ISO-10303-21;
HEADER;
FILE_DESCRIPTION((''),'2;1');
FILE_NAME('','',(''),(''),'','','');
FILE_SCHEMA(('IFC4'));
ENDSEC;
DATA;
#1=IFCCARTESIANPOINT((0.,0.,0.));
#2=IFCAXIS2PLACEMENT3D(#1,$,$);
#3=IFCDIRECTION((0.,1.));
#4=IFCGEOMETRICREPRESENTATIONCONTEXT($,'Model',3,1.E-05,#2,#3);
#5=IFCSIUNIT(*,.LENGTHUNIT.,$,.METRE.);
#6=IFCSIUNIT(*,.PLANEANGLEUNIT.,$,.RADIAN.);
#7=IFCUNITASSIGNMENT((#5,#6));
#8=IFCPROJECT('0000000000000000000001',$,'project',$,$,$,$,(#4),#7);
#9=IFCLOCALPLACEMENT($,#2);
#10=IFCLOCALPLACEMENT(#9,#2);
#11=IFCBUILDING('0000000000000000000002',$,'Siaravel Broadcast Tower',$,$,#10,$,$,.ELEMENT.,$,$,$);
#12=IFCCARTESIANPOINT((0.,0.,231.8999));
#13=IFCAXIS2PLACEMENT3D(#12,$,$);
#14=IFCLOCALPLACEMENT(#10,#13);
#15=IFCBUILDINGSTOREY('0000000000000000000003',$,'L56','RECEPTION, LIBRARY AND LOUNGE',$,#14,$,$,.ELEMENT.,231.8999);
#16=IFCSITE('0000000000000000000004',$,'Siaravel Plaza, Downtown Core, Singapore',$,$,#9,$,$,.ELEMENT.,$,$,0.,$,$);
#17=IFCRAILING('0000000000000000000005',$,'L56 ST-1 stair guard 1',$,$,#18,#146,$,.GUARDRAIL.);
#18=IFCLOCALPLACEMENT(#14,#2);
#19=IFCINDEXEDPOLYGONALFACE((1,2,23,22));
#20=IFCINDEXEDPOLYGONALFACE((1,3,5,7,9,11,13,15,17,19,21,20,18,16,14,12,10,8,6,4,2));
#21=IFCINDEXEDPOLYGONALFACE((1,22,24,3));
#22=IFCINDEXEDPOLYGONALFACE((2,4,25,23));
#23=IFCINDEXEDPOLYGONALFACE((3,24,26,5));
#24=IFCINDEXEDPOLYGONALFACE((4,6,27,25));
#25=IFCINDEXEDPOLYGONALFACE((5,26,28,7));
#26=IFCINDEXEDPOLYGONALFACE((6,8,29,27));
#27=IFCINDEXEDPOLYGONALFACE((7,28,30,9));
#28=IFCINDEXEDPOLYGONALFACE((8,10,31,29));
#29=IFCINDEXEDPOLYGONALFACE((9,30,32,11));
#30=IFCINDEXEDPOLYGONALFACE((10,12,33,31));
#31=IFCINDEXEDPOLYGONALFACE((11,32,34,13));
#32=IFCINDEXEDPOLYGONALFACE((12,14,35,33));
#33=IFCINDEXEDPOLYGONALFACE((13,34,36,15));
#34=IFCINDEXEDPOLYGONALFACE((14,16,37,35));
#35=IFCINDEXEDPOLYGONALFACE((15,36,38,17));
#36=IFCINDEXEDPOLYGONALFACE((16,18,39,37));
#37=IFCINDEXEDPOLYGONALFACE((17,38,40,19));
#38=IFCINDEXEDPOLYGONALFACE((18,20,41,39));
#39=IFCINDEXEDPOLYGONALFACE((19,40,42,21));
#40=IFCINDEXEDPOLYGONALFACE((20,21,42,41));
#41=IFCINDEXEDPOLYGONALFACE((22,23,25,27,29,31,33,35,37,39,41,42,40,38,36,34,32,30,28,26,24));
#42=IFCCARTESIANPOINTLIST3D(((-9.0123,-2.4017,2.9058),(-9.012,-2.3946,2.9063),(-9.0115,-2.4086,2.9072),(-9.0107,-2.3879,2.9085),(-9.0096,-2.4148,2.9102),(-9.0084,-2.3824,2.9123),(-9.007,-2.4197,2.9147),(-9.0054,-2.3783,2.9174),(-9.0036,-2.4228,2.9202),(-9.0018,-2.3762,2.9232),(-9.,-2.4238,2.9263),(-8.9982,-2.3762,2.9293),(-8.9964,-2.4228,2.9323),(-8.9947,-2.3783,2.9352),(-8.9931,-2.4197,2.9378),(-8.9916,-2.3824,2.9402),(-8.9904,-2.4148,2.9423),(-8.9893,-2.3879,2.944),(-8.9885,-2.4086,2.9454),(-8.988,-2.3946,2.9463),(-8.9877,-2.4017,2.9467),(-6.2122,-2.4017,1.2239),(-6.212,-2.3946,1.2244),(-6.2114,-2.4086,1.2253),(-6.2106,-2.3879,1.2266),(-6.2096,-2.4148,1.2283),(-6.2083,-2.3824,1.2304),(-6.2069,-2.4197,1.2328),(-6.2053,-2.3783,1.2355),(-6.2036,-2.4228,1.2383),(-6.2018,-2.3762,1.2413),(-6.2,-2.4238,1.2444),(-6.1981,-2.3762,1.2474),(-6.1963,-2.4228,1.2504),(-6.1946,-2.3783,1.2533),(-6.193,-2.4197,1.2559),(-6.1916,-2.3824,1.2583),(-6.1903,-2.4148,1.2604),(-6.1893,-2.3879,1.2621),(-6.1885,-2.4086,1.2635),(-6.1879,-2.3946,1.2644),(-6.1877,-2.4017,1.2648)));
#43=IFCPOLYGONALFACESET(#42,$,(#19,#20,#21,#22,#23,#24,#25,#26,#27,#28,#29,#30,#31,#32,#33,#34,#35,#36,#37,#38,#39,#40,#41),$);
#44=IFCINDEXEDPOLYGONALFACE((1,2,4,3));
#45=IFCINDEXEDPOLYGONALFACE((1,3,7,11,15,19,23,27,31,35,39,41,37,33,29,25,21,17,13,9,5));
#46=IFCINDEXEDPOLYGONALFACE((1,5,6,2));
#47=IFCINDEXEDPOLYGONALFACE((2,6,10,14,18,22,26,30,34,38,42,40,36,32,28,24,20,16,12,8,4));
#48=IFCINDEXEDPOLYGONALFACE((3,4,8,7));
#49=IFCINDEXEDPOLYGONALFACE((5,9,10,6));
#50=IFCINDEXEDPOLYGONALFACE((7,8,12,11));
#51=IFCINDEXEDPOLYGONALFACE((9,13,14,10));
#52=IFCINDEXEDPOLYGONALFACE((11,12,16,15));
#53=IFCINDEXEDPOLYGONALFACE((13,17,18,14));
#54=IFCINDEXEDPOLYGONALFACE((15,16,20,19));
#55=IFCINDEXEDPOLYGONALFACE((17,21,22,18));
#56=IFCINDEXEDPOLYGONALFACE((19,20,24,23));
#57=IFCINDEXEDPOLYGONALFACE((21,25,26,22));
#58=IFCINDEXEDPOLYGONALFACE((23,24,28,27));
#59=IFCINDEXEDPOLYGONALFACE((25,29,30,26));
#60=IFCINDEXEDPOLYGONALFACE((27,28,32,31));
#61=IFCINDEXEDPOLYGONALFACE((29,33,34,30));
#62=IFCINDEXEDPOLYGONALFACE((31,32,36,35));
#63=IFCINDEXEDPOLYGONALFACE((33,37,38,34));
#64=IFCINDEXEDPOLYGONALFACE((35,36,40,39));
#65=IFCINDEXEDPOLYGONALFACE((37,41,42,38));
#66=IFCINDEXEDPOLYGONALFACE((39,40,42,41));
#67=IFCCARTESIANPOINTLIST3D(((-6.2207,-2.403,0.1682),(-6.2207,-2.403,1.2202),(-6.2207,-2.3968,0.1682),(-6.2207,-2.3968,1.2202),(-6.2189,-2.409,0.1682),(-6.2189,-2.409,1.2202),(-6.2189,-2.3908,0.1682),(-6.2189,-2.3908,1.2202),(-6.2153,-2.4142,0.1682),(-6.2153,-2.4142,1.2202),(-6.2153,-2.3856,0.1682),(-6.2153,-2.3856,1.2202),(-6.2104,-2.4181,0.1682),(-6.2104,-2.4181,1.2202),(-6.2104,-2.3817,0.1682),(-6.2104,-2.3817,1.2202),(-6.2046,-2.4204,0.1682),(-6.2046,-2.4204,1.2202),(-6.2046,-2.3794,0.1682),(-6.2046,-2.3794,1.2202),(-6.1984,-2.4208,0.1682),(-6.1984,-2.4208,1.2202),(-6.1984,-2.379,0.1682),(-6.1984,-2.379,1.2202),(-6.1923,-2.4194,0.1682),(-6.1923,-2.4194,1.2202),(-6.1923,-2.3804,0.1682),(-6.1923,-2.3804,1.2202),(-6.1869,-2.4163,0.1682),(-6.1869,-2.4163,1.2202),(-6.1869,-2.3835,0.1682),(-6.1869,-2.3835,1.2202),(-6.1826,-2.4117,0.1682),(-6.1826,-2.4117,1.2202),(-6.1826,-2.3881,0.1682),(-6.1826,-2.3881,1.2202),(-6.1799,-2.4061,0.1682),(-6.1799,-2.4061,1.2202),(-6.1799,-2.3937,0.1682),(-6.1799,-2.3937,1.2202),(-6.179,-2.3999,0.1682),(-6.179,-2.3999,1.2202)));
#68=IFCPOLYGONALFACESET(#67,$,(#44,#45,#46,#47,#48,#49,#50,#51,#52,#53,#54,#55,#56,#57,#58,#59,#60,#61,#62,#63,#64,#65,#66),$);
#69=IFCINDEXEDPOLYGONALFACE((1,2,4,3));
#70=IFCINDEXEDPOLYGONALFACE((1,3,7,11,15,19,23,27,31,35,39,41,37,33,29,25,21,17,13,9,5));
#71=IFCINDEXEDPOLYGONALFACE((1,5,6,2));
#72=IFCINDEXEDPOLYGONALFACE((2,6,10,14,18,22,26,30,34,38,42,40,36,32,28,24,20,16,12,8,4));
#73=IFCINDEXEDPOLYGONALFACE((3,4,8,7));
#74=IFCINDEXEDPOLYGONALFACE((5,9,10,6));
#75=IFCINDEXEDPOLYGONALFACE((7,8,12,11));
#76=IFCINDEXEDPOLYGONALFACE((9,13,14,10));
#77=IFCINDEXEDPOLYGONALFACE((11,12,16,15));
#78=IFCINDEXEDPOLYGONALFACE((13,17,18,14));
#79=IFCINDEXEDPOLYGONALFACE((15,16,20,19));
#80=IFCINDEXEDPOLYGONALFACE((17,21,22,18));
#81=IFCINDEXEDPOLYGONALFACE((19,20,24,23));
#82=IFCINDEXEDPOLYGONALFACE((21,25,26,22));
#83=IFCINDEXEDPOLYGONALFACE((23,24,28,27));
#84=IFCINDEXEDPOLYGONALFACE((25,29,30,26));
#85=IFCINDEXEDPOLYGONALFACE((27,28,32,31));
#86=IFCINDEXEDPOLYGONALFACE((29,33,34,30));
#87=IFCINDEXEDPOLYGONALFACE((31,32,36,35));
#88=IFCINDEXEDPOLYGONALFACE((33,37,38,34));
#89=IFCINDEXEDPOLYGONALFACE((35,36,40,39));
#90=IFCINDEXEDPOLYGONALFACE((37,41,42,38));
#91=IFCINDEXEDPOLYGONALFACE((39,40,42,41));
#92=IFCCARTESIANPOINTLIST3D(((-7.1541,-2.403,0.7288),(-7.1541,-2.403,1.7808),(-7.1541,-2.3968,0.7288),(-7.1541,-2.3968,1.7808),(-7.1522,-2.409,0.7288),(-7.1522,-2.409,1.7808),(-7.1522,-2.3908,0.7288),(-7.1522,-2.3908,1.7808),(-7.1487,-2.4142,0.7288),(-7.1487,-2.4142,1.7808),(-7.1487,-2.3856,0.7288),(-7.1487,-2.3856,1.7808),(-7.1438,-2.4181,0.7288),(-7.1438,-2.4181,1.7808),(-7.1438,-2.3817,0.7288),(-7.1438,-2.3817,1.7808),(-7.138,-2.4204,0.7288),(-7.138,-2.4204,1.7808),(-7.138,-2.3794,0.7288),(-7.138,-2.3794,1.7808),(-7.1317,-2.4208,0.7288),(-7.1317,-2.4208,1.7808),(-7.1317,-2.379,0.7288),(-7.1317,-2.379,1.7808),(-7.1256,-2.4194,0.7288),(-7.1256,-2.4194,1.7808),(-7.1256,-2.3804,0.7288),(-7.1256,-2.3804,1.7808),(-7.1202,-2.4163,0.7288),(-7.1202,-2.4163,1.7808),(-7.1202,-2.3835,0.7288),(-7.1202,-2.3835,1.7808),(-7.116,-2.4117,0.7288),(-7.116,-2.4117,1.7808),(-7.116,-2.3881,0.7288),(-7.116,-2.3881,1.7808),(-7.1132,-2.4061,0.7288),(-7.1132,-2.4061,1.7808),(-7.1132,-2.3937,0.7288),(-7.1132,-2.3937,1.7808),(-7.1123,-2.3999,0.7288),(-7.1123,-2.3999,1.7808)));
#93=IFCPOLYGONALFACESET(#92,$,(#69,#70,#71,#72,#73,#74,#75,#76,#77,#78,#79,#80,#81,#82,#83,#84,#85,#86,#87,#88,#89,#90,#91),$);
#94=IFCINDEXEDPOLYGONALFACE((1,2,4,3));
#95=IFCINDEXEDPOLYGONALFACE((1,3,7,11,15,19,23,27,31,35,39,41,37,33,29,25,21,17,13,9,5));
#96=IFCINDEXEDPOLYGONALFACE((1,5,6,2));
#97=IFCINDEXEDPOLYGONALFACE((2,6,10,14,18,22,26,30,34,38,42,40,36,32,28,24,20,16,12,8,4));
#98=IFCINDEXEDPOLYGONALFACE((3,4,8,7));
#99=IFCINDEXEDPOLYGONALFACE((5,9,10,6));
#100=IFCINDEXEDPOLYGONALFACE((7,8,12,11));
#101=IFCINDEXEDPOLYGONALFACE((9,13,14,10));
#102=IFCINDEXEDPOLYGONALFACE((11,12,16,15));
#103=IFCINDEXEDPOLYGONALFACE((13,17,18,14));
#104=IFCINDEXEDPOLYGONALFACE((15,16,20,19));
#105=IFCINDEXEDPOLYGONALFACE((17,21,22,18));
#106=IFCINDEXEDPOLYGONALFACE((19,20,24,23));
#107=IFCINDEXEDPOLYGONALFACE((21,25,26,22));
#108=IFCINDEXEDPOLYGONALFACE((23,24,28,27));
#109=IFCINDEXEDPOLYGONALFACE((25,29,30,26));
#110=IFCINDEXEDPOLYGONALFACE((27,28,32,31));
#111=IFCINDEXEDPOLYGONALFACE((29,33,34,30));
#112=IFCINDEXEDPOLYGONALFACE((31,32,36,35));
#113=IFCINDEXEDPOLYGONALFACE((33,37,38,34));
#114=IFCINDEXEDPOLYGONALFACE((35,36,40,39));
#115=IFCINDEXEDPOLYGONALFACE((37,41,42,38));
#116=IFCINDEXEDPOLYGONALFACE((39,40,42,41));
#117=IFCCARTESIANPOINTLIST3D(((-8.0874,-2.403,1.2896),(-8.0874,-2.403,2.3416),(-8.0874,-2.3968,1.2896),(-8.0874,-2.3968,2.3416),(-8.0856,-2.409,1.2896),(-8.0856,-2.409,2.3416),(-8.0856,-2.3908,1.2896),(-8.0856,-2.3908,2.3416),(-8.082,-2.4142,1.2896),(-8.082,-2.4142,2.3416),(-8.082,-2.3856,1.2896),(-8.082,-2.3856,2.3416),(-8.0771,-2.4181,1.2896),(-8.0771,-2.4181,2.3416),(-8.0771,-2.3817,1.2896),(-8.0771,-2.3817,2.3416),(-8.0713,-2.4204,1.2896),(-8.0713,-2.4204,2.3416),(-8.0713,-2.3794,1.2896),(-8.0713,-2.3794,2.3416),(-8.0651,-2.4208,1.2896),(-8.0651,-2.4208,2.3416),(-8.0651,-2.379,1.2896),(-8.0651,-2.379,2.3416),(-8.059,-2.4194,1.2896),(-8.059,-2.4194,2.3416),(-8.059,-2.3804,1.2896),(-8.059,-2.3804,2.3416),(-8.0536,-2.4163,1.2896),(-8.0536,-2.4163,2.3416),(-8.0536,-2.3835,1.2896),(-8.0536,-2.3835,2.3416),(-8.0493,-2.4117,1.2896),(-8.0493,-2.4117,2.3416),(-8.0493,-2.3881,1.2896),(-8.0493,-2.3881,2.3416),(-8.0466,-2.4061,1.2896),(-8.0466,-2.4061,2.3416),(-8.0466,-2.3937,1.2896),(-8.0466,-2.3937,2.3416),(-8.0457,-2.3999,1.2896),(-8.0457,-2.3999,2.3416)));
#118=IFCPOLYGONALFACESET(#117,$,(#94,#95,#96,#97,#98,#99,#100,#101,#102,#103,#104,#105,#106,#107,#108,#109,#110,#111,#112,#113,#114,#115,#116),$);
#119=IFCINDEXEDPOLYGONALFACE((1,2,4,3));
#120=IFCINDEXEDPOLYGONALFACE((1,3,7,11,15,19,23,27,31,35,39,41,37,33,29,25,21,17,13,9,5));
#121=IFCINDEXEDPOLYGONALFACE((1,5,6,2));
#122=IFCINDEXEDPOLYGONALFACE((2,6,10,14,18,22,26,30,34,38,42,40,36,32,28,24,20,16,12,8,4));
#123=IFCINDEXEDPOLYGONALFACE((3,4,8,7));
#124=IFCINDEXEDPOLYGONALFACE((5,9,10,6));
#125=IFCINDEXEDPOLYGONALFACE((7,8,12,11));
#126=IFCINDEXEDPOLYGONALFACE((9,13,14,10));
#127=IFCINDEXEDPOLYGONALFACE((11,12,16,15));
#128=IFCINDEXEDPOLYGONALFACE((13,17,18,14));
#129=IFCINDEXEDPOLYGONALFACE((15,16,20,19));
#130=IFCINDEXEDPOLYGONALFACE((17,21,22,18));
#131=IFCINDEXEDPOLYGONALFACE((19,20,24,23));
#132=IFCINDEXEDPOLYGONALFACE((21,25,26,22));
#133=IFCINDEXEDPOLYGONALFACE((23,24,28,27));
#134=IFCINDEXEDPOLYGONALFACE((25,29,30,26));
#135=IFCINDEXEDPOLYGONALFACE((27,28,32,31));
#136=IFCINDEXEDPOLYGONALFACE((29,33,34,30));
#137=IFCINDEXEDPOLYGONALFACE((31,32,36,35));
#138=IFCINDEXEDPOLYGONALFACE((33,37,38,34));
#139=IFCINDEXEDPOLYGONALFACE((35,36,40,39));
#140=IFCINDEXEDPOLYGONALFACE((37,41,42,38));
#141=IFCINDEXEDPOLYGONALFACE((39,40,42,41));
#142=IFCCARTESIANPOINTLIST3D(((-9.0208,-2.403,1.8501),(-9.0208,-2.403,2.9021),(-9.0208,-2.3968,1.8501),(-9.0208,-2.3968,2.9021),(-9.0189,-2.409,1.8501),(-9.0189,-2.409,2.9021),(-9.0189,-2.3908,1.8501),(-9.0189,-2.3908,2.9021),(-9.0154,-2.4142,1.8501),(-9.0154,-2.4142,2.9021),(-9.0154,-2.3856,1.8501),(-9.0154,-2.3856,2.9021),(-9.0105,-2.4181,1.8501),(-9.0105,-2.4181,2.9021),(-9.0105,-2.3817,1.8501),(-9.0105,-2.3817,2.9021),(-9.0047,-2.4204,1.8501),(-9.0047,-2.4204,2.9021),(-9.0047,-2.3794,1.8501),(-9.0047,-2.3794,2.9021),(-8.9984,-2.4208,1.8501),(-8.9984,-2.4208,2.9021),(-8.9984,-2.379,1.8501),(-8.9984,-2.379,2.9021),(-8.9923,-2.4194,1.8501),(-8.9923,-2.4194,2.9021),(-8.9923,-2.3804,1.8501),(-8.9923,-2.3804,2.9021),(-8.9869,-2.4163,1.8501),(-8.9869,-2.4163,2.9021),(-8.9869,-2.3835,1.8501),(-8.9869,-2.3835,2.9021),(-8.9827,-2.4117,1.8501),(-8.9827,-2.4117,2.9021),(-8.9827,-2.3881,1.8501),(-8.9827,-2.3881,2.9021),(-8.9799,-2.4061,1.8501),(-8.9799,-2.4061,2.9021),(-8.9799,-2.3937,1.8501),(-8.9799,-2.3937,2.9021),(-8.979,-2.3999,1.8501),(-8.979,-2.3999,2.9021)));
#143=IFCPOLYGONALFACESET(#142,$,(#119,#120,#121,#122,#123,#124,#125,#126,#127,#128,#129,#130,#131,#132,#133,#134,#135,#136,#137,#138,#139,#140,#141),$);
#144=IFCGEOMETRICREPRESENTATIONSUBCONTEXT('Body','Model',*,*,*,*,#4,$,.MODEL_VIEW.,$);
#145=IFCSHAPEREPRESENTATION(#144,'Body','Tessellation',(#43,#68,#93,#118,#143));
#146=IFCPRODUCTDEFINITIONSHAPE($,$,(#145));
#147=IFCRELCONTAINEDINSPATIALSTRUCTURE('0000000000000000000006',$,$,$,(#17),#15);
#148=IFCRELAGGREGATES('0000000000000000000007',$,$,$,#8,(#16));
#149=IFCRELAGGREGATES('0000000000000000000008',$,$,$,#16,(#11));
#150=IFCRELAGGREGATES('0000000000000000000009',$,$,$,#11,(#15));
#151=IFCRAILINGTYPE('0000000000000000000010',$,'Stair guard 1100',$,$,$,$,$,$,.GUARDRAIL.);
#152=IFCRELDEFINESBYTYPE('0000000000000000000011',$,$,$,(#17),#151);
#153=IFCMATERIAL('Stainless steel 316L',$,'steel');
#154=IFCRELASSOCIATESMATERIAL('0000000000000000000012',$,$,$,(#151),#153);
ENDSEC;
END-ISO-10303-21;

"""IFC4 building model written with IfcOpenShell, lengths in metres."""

from ifc_helpers import new_model, si_unit, direction, frame, origin, origin_2d, place, context, subcontext, project, spatial, circle, extrude, material, type_object, element, save


model = new_model("IFC4")

# Units and contexts
model_context = context("Model", 3, precision=1e-05, world=origin(), true_north=direction((0.0, 1.0)))
body_context = subcontext(model_context, "Body", "Model", "MODEL_VIEW")
ifc_project = project(units=[si_unit("LENGTHUNIT", "METRE"), si_unit("PLANEANGLEUNIT", "RADIAN")], contexts=[model_context])

# Site, building, storey
site_placement = place(None, origin())
site = spatial("IfcSite", under=ifc_project, at=site_placement, Name="Siaravel Plaza, Downtown Core, Singapore", CompositionType="ELEMENT", RefElevation=0.0)
building_placement = place(site_placement, origin())
building = spatial("IfcBuilding", under=site, at=building_placement, Name="Siaravel Broadcast Tower", CompositionType="ELEMENT")
storey_placement = place(building_placement, frame((0.0, 0.0, 231.8999)))
storey = spatial("IfcBuildingStorey", under=building, at=storey_placement, Name="L56", Description="RECEPTION, LIBRARY AND LOUNGE", CompositionType="ELEMENT", Elevation=231.8999)

# Shared definitions
ifc_material_1 = material(Name="Stainless steel 316L", Category="steel")

# Railing
railing_type_1 = type_object("IfcRailingType", Name="Stair guard 1100", PredefinedType="GUARDRAIL", material=ifc_material_1)
railing_1_placement = place(storey_placement, frame((-6.2, -2.3999, 0.1682)))
element("IfcRailing", 1, at=railing_1_placement, inside=storey, type_object=railing_type_1, Name="L56 ST-1 stair guard 1", PredefinedType="GUARDRAIL", context=body_context, shape_type="SweptSolid", body=[
    extrude(circle(Radius=0.0239, at=origin_2d()), frame((0.0, 0.0, 1.0762), z_axis=(-0.857242, 0.0, 0.514913), x_axis=(0.0, -1.0, 0.0)), (0.0, 0.0, 1.0), 3.2664),
    extrude(circle(Radius=0.021, at=origin_2d()), origin(), (0.0, 0.0, 1.0), 1.052),
    extrude(circle(Radius=0.021, at=origin_2d()), frame((-0.9333, 0.0, 0.5605)), (0.0, 0.0, 1.0), 1.052),
    extrude(circle(Radius=0.021, at=origin_2d()), frame((-1.8667, 0.0, 1.1213)), (0.0, 0.0, 1.0), 1.052),
    extrude(circle(Radius=0.021, at=origin_2d()), frame((-2.8, 0.0, 1.6819)), (0.0, 0.0, 1.0), 1.052),
])

save(model, "model.ifc")
